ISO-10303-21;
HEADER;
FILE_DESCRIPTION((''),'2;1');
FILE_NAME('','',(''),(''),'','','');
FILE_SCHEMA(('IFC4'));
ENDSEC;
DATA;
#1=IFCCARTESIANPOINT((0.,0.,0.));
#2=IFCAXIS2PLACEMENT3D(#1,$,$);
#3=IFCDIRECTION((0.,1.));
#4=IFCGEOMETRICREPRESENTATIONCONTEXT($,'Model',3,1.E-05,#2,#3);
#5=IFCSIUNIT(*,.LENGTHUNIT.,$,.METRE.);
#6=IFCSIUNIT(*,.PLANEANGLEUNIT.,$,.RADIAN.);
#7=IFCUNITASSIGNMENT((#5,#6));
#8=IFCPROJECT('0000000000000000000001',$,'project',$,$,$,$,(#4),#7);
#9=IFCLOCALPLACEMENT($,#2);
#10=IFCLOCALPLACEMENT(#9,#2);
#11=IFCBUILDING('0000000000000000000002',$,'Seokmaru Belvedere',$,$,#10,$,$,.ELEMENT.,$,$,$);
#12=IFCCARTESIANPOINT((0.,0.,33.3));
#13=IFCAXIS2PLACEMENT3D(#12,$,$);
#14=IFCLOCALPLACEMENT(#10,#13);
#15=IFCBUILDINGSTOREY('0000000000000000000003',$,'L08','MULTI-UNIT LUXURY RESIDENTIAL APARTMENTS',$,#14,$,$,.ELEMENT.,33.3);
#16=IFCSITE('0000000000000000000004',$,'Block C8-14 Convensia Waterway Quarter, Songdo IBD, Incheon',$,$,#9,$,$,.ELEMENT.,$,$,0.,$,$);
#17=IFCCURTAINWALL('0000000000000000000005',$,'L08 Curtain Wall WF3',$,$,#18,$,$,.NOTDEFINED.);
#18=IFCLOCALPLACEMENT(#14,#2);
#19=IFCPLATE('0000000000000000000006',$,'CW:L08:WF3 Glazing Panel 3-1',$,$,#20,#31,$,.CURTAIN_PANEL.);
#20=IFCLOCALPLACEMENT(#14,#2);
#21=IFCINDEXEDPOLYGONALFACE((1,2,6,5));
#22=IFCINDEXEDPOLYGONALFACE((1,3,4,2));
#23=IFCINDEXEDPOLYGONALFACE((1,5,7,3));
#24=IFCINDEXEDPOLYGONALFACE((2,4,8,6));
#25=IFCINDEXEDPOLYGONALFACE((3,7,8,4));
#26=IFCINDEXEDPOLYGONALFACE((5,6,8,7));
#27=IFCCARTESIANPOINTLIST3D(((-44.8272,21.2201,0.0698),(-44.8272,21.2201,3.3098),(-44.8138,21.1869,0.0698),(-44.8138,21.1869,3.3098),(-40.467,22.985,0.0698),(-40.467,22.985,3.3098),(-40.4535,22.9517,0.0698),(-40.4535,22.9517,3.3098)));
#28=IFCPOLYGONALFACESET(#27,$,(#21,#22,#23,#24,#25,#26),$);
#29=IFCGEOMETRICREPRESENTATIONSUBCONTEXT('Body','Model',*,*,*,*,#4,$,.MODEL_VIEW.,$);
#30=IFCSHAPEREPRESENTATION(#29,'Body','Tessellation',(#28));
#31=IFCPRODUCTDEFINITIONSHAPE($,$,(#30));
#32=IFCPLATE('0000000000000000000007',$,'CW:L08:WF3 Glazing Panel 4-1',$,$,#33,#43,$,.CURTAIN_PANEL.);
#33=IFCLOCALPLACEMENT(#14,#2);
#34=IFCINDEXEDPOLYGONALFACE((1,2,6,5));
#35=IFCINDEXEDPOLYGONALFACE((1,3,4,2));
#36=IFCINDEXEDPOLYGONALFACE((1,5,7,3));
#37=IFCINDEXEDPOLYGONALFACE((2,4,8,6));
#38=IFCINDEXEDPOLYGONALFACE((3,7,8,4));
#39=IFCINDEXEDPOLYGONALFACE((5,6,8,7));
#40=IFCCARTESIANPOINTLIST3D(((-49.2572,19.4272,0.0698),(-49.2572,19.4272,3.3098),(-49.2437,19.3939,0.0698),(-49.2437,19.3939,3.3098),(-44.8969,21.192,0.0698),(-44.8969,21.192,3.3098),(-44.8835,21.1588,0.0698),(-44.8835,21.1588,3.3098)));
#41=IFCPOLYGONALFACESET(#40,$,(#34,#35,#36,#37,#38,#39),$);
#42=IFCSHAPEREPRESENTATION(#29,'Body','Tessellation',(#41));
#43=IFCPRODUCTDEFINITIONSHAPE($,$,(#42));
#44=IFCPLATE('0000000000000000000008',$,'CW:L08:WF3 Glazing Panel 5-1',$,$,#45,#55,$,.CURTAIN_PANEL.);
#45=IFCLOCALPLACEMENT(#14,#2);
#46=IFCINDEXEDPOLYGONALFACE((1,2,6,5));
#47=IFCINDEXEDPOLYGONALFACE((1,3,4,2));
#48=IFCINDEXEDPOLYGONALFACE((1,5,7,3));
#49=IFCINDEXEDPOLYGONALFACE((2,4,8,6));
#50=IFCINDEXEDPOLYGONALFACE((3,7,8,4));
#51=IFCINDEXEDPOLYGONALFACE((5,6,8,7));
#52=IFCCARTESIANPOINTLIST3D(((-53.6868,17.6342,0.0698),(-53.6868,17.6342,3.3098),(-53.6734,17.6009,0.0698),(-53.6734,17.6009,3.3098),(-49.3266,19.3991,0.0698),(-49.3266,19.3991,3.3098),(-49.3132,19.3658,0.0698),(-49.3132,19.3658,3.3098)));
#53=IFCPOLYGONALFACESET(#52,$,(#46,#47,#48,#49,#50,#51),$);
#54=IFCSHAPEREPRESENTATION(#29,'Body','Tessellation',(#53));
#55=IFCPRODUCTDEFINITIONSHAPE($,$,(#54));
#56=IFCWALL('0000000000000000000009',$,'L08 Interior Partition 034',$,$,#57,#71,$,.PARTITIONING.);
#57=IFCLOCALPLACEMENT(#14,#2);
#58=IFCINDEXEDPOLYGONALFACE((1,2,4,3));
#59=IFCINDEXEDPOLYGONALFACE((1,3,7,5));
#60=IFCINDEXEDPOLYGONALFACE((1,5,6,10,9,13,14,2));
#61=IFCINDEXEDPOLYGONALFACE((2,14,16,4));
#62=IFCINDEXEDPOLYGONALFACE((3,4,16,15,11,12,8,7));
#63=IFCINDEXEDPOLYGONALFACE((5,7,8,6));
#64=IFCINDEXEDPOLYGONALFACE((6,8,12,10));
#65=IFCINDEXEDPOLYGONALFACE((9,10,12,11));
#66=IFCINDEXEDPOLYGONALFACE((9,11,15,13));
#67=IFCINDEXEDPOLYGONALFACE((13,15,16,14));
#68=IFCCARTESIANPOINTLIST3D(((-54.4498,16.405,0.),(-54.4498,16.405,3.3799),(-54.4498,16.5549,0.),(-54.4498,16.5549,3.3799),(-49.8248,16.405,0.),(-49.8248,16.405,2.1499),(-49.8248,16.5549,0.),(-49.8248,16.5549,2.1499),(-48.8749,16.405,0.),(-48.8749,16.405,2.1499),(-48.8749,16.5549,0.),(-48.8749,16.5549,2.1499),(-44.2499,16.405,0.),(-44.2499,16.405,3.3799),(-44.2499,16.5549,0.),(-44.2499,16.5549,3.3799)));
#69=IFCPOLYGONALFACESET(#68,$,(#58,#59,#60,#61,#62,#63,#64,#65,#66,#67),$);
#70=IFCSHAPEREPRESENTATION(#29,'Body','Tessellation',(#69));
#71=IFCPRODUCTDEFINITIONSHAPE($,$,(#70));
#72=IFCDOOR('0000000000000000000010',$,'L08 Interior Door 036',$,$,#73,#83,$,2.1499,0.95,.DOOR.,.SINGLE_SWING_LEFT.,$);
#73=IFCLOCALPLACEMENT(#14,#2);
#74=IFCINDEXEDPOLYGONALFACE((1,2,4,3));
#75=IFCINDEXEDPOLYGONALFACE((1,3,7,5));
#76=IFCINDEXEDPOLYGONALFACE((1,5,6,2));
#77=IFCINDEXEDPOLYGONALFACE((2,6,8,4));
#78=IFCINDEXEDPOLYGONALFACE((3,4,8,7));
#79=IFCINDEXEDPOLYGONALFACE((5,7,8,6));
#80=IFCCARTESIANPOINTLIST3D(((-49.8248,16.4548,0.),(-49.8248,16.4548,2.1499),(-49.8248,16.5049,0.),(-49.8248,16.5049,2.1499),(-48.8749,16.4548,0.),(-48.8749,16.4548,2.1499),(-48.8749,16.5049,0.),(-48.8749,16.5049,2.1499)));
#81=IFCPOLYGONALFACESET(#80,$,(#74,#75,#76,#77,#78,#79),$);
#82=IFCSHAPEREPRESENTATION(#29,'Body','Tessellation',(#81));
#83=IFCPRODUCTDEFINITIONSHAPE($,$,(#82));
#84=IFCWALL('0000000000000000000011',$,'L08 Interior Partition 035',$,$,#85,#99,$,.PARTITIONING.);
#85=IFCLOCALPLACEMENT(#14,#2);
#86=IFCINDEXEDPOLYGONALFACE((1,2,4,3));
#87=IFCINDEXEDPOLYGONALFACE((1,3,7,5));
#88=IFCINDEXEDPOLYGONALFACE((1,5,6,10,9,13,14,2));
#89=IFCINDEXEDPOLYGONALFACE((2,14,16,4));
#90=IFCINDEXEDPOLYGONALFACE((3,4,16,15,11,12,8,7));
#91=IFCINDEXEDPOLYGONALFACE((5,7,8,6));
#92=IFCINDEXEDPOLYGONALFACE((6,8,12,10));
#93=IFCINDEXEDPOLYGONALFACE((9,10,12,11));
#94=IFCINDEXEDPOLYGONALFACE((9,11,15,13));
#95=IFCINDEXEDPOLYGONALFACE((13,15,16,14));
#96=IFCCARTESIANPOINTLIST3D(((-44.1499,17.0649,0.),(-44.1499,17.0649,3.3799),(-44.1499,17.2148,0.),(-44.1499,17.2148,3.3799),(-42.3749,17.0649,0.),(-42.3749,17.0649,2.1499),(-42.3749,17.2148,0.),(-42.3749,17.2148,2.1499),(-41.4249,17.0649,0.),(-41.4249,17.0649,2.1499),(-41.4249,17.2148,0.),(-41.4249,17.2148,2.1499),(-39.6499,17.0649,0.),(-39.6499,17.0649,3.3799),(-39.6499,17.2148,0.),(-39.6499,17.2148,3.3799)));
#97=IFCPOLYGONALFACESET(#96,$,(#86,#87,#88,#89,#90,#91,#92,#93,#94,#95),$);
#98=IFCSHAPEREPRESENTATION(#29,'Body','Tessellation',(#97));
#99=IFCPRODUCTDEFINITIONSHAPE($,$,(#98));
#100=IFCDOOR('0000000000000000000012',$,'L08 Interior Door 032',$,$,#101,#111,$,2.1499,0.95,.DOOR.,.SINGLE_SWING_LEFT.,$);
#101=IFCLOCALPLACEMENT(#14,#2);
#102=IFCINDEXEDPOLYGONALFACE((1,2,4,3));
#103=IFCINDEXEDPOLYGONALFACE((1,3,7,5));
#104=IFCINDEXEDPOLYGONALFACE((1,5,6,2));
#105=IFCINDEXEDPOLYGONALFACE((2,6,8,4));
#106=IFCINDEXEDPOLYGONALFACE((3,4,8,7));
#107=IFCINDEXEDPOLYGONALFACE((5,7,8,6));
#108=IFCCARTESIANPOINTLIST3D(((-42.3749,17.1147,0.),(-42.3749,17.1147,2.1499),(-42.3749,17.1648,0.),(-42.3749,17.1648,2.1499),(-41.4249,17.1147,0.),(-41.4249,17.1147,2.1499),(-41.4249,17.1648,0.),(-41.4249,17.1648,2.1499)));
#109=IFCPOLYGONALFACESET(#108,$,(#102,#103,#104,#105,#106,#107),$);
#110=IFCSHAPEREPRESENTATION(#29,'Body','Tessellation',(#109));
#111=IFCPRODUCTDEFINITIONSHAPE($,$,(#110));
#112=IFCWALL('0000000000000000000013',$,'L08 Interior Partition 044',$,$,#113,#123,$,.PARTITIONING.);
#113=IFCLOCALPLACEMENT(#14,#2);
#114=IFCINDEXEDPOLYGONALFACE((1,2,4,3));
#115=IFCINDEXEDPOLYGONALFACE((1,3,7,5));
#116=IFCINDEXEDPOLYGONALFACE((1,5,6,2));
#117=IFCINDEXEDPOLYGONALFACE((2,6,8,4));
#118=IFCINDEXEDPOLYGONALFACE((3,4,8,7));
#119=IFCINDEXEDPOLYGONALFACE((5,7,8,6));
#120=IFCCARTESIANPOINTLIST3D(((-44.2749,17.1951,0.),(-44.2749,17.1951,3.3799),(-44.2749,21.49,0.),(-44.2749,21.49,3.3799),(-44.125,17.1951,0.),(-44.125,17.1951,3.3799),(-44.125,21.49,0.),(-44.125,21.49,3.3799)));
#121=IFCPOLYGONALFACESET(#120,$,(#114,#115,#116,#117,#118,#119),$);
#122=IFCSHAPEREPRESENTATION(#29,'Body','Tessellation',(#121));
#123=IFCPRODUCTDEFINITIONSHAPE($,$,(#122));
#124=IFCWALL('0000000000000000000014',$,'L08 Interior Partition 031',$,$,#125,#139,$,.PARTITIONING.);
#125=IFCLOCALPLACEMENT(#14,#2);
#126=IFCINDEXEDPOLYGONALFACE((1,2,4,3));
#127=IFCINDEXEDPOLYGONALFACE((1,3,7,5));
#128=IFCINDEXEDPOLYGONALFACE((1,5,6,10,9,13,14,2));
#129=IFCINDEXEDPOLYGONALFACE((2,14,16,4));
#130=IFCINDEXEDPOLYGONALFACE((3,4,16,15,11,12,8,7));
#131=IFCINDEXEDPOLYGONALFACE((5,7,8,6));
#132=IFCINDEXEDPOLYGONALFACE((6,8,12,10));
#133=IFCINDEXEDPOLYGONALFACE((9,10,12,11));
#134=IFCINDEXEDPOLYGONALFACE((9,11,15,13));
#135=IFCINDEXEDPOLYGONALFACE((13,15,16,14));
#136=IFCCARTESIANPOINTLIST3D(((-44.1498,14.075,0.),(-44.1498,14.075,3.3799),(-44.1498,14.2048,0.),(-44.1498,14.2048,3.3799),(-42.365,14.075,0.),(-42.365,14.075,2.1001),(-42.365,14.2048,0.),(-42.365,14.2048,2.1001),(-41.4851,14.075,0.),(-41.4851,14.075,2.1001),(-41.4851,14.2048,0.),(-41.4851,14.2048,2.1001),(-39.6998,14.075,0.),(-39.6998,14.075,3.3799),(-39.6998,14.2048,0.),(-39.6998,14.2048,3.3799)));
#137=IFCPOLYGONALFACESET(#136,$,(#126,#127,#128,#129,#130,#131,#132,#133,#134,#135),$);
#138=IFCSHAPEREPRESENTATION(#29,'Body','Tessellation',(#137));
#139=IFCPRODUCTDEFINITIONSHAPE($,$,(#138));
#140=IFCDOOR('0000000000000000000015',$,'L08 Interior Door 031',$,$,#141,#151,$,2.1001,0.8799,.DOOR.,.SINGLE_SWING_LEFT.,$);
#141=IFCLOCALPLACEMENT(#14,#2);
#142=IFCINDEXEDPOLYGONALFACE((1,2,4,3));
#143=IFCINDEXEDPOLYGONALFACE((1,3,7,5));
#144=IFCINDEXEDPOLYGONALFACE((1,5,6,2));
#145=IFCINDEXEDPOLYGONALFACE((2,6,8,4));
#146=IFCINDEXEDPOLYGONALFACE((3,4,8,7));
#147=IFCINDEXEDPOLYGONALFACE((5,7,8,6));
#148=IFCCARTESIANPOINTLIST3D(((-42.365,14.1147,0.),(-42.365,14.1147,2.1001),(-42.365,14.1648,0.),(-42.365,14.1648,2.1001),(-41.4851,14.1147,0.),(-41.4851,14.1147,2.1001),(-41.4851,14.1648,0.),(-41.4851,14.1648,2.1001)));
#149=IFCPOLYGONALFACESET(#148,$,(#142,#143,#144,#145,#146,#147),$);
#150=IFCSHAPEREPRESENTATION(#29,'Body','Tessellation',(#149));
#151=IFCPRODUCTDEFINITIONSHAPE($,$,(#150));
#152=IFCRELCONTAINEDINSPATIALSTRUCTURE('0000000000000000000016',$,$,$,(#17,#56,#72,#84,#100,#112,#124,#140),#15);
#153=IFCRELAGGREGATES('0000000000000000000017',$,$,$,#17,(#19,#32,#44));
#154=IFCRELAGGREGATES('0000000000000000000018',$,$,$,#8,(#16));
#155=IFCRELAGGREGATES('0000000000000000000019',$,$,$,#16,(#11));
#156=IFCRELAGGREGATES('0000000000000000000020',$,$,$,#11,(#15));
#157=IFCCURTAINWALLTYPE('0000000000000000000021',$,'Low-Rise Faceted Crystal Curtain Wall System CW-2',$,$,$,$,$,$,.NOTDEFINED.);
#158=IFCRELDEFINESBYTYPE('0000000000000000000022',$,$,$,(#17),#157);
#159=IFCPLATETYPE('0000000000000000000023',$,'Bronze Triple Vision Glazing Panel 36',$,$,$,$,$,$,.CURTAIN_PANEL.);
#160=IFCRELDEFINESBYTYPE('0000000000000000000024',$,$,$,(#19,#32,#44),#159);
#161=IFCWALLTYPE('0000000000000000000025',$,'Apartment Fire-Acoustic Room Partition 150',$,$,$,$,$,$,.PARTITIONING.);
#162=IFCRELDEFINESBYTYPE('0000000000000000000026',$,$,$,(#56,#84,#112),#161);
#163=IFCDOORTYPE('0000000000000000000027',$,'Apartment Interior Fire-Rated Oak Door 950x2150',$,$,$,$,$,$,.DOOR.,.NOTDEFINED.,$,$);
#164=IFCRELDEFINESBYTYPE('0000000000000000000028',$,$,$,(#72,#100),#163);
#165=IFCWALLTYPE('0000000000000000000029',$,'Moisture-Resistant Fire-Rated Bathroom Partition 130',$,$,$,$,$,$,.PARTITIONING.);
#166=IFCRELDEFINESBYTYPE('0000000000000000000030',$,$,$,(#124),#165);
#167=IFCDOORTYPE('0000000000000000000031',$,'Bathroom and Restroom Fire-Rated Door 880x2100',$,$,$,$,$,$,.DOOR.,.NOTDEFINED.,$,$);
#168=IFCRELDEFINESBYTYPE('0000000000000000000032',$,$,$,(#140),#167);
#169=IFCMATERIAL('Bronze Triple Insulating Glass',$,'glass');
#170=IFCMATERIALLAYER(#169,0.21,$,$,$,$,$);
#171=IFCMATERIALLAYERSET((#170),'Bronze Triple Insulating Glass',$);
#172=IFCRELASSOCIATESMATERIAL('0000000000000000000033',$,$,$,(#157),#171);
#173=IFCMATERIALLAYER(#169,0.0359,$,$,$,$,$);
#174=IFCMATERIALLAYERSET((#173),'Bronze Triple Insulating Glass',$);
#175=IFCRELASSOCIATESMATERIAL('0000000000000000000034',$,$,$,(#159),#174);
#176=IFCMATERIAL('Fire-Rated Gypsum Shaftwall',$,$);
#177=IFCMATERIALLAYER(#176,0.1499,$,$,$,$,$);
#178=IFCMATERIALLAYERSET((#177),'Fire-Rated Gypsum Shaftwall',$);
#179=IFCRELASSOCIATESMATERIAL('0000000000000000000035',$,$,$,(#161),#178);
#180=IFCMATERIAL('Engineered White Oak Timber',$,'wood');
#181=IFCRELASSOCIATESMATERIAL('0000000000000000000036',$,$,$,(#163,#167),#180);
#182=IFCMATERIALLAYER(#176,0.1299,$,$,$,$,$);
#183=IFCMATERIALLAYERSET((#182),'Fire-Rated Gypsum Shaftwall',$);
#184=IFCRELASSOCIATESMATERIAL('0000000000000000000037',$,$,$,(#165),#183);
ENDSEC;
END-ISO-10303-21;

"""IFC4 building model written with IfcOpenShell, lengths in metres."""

from ifc_helpers import new_model, si_unit, direction, frame, frame_2d, origin, origin_2d, place, context, subcontext, project, spatial, rectangle, extrude, source, transform, mapped, material, layer, layer_set, type_object, type_shapes, element, fill, aggregate, save


model = new_model("IFC4")

# Units and contexts
model_context = context("Model", 3, precision=1e-05, world=origin(), true_north=direction((0.0, 1.0)))
body_context = subcontext(model_context, "Body", "Model", "MODEL_VIEW")
ifc_project = project(units=[si_unit("LENGTHUNIT", "METRE"), si_unit("PLANEANGLEUNIT", "RADIAN")], contexts=[model_context])

# Site, building, storey
site_placement = place(None, origin())
site = spatial("IfcSite", under=ifc_project, at=site_placement, Name="Block C8-14 Convensia Waterway Quarter, Songdo IBD, Incheon", CompositionType="ELEMENT", RefElevation=0.0)
building_placement = place(site_placement, origin())
building = spatial("IfcBuilding", under=site, at=building_placement, Name="Seokmaru Belvedere", CompositionType="ELEMENT")
storey_placement = place(building_placement, frame((0.0, 0.0, 33.3)))
storey = spatial("IfcBuildingStorey", under=building, at=storey_placement, Name="L08", Description="MULTI-UNIT LUXURY RESIDENTIAL APARTMENTS", CompositionType="ELEMENT", Elevation=33.3)

# Curtain wall, plates
ifc_material_1 = material(Name="Bronze Triple Insulating Glass", Category="glass")
ifc_layer_1 = layer(ifc_material_1, 0.21)
ifc_layer_set_1 = layer_set([ifc_layer_1], Name="Bronze Triple Insulating Glass")
curtain_wall_type = type_object("IfcCurtainWallType", Name="Low-Rise Faceted Crystal Curtain Wall System CW-2", PredefinedType="NOTDEFINED", material=ifc_layer_set_1)
curtain_wall_placement = place(storey_placement, origin())
curtain_wall = element("IfcCurtainWall", 1, at=curtain_wall_placement, inside=storey, type_object=curtain_wall_type, Name="L08 Curtain Wall WF3", PredefinedType="NOTDEFINED")
ifc_layer_2 = layer(ifc_material_1, 0.0359)
ifc_layer_set_2 = layer_set([ifc_layer_2], Name="Bronze Triple Insulating Glass")
plate_type = type_object("IfcPlateType", Name="Bronze Triple Vision Glazing Panel 36", PredefinedType="CURTAIN_PANEL", material=ifc_layer_set_2)
shared_shape_1 = source(origin(), body_context, "Body", "SweptSolid", [
    extrude(rectangle(XDim=4.7039, YDim=0.0359, at=origin_2d()), origin(), (0.0, 0.0, 1.0), 3.24),
])
type_shapes(plate_type, [shared_shape_1])
plate_1_placement = place(storey_placement, frame((-42.6404, 22.0859, 0.0698), z_axis=(0.0, 0.0, 1.0), x_axis=(-0.926947, -0.375192, 0.0)))
plate_1 = element("IfcPlate", 2, at=plate_1_placement, type_object=plate_type, Name="CW:L08:WF3 Glazing Panel 3-1", PredefinedType="CURTAIN_PANEL", context=body_context, shape_type="MappedRepresentation", body=[
    mapped(shared_shape_1, transform((0.0, 0.0, 0.0), scale=1.0)),
])
plate_2_placement = place(storey_placement, frame((-47.0703, 20.293, 0.0698), z_axis=(0.0, 0.0, 1.0), x_axis=(-0.926947, -0.375192, 0.0)))
plate_2 = element("IfcPlate", 3, at=plate_2_placement, type_object=plate_type, Name="CW:L08:WF3 Glazing Panel 4-1", PredefinedType="CURTAIN_PANEL", context=body_context, shape_type="MappedRepresentation", body=[
    mapped(shared_shape_1, transform((0.0, 0.0, 0.0), scale=1.0)),
])
plate_3_placement = place(storey_placement, frame((-51.5, 18.5, 0.0698), z_axis=(0.0, 0.0, 1.0), x_axis=(-0.926947, -0.375192, 0.0)))
plate_3 = element("IfcPlate", 4, at=plate_3_placement, type_object=plate_type, Name="CW:L08:WF3 Glazing Panel 5-1", PredefinedType="CURTAIN_PANEL", context=body_context, shape_type="MappedRepresentation", body=[
    mapped(shared_shape_1, transform((0.0, 0.0, 0.0), scale=1.0)),
])
aggregate(curtain_wall, [plate_1, plate_2, plate_3])

# Walls, openings, doors
ifc_material_2 = material(Name="Fire-Rated Gypsum Shaftwall")
ifc_layer_3 = layer(ifc_material_2, 0.1499)
ifc_layer_set_3 = layer_set([ifc_layer_3], Name="Fire-Rated Gypsum Shaftwall")
wall_type_1 = type_object("IfcWallType", Name="Apartment Fire-Acoustic Room Partition 150", PredefinedType="PARTITIONING", material=ifc_layer_set_3)
wall_1_placement = place(storey_placement, frame((-54.45, 16.48, 0.0), z_axis=(0.0, 0.0, 1.0), x_axis=(1.0, 0.0, 0.0)))
wall_1 = element("IfcWall", 5, at=wall_1_placement, inside=storey, type_object=wall_type_1, Name="L08 Interior Partition 034", PredefinedType="PARTITIONING", context=body_context, shape_type="SweptSolid", body=[
    extrude(rectangle(XDim=10.2, YDim=0.1499, at=frame_2d((5.1001, 0.0))), origin(), (0.0, 0.0, 1.0), 3.3799),
])
opening_1_placement = place(wall_1_placement, frame((4.625, 0.0, 0.0)))
opening_1 = element("IfcOpeningElement", 6, at=opening_1_placement, cuts=wall_1, PredefinedType="OPENING", context=body_context, shape_type="SweptSolid", body=[
    extrude(rectangle(XDim=0.95, YDim=2.1499, at=frame_2d((0.4751, 1.075))), frame((0.0, 0.085, 0.0), z_axis=(0.0, -1.0, 0.0), x_axis=(1.0, 0.0, 0.0)), (0.0, 0.0, 1.0), 0.1699),
])
ifc_material_3 = material(Name="Engineered White Oak Timber", Category="wood")
door_type_1 = type_object("IfcDoorType", Name="Apartment Interior Fire-Rated Oak Door 950x2150", OperationType="NOTDEFINED", PredefinedType="DOOR", material=ifc_material_3)
shared_shape_2 = source(origin(), body_context, "Body", "SweptSolid", [
    extrude(rectangle(XDim=0.95, YDim=2.1499, at=frame_2d((0.4751, 1.075))), frame((0.0, 0.0249, 0.0), z_axis=(0.0, -1.0, 0.0), x_axis=(1.0, 0.0, 0.0)), (0.0, 0.0, 1.0), 0.05),
])
type_shapes(door_type_1, [shared_shape_2])
door_1_placement = place(opening_1_placement, origin())
door_1 = element("IfcDoor", 7, at=door_1_placement, inside=storey, type_object=door_type_1, Name="L08 Interior Door 036", OperationType="SINGLE_SWING_LEFT", OverallHeight=2.1499, OverallWidth=0.95, PredefinedType="DOOR", context=body_context, shape_type="MappedRepresentation", body=[
    mapped(shared_shape_2, transform((0.0, 0.0, 0.0), scale=1.0)),
])
fill(opening_1, door_1)
wall_2_placement = place(storey_placement, frame((-44.1499, 17.1399, 0.0), z_axis=(0.0, 0.0, 1.0), x_axis=(1.0, 0.0, 0.0)))
wall_2 = element("IfcWall", 8, at=wall_2_placement, inside=storey, type_object=wall_type_1, Name="L08 Interior Partition 035", PredefinedType="PARTITIONING", context=body_context, shape_type="SweptSolid", body=[
    extrude(rectangle(XDim=4.5, YDim=0.1499, at=frame_2d((2.25, 0.0))), origin(), (0.0, 0.0, 1.0), 3.3799),
])
opening_2_placement = place(wall_2_placement, frame((1.7749, 0.0, 0.0)))
opening_2 = element("IfcOpeningElement", 9, at=opening_2_placement, cuts=wall_2, PredefinedType="OPENING", context=body_context, shape_type="SweptSolid", body=[
    extrude(rectangle(XDim=0.95, YDim=2.1499, at=frame_2d((0.4751, 1.075))), frame((0.0, 0.085, 0.0), z_axis=(0.0, -1.0, 0.0), x_axis=(1.0, 0.0, 0.0)), (0.0, 0.0, 1.0), 0.1699),
])
door_2_placement = place(opening_2_placement, origin())
door_2 = element("IfcDoor", 10, at=door_2_placement, inside=storey, type_object=door_type_1, Name="L08 Interior Door 032", OperationType="SINGLE_SWING_LEFT", OverallHeight=2.1499, OverallWidth=0.95, PredefinedType="DOOR", context=body_context, shape_type="MappedRepresentation", body=[
    mapped(shared_shape_2, transform((0.0, 0.0, 0.0), scale=1.0)),
])
fill(opening_2, door_2)

# Wall
wall_3_placement = place(storey_placement, frame((-44.2, 17.1951, 0.0), z_axis=(0.0, 0.0, 1.0), x_axis=(0.0, 1.0, 0.0)))
element("IfcWall", 11, at=wall_3_placement, inside=storey, type_object=wall_type_1, Name="L08 Interior Partition 044", PredefinedType="PARTITIONING", context=body_context, shape_type="SweptSolid", body=[
    extrude(rectangle(XDim=4.2949, YDim=0.1499, at=frame_2d((2.1475, 0.0))), origin(), (0.0, 0.0, 1.0), 3.3799),
])

# Wall, opening, door
ifc_layer_4 = layer(ifc_material_2, 0.1299)
ifc_layer_set_4 = layer_set([ifc_layer_4], Name="Fire-Rated Gypsum Shaftwall")
wall_type_2 = type_object("IfcWallType", Name="Moisture-Resistant Fire-Rated Bathroom Partition 130", PredefinedType="PARTITIONING", material=ifc_layer_set_4)
wall_4_placement = place(storey_placement, frame((-44.1499, 14.1399, 0.0), z_axis=(0.0, 0.0, 1.0), x_axis=(1.0, 0.0, 0.0)))
wall_4 = element("IfcWall", 12, at=wall_4_placement, inside=storey, type_object=wall_type_2, Name="L08 Interior Partition 031", PredefinedType="PARTITIONING", context=body_context, shape_type="SweptSolid", body=[
    extrude(rectangle(XDim=4.45, YDim=0.1299, at=frame_2d((2.2251, 0.0))), origin(), (0.0, 0.0, 1.0), 3.3799),
])
opening_3_placement = place(wall_4_placement, frame((1.7849, 0.0, 0.0)))
opening_3 = element("IfcOpeningElement", 13, at=opening_3_placement, cuts=wall_4, PredefinedType="OPENING", context=body_context, shape_type="SweptSolid", body=[
    extrude(rectangle(XDim=0.8799, YDim=2.1001, at=frame_2d((0.4399, 1.05))), frame((0.0, 0.075, 0.0), z_axis=(0.0, -1.0, 0.0), x_axis=(1.0, 0.0, 0.0)), (0.0, 0.0, 1.0), 0.1499),
])
door_type_2 = type_object("IfcDoorType", Name="Bathroom and Restroom Fire-Rated Door 880x2100", OperationType="NOTDEFINED", PredefinedType="DOOR", material=ifc_material_3)
shared_shape_3 = source(origin(), body_context, "Body", "SweptSolid", [
    extrude(rectangle(XDim=0.8799, YDim=2.1001, at=frame_2d((0.4399, 1.05))), frame((0.0, 0.0249, 0.0), z_axis=(0.0, -1.0, 0.0), x_axis=(1.0, 0.0, 0.0)), (0.0, 0.0, 1.0), 0.05),
])
type_shapes(door_type_2, [shared_shape_3])
door_3_placement = place(opening_3_placement, origin())
door_3 = element("IfcDoor", 14, at=door_3_placement, inside=storey, type_object=door_type_2, Name="L08 Interior Door 031", OperationType="SINGLE_SWING_LEFT", OverallHeight=2.1001, OverallWidth=0.8799, PredefinedType="DOOR", context=body_context, shape_type="MappedRepresentation", body=[
    mapped(shared_shape_3, transform((0.0, 0.0, 0.0), scale=1.0)),
])
fill(opening_3, door_3)

save(model, "model.ifc")
